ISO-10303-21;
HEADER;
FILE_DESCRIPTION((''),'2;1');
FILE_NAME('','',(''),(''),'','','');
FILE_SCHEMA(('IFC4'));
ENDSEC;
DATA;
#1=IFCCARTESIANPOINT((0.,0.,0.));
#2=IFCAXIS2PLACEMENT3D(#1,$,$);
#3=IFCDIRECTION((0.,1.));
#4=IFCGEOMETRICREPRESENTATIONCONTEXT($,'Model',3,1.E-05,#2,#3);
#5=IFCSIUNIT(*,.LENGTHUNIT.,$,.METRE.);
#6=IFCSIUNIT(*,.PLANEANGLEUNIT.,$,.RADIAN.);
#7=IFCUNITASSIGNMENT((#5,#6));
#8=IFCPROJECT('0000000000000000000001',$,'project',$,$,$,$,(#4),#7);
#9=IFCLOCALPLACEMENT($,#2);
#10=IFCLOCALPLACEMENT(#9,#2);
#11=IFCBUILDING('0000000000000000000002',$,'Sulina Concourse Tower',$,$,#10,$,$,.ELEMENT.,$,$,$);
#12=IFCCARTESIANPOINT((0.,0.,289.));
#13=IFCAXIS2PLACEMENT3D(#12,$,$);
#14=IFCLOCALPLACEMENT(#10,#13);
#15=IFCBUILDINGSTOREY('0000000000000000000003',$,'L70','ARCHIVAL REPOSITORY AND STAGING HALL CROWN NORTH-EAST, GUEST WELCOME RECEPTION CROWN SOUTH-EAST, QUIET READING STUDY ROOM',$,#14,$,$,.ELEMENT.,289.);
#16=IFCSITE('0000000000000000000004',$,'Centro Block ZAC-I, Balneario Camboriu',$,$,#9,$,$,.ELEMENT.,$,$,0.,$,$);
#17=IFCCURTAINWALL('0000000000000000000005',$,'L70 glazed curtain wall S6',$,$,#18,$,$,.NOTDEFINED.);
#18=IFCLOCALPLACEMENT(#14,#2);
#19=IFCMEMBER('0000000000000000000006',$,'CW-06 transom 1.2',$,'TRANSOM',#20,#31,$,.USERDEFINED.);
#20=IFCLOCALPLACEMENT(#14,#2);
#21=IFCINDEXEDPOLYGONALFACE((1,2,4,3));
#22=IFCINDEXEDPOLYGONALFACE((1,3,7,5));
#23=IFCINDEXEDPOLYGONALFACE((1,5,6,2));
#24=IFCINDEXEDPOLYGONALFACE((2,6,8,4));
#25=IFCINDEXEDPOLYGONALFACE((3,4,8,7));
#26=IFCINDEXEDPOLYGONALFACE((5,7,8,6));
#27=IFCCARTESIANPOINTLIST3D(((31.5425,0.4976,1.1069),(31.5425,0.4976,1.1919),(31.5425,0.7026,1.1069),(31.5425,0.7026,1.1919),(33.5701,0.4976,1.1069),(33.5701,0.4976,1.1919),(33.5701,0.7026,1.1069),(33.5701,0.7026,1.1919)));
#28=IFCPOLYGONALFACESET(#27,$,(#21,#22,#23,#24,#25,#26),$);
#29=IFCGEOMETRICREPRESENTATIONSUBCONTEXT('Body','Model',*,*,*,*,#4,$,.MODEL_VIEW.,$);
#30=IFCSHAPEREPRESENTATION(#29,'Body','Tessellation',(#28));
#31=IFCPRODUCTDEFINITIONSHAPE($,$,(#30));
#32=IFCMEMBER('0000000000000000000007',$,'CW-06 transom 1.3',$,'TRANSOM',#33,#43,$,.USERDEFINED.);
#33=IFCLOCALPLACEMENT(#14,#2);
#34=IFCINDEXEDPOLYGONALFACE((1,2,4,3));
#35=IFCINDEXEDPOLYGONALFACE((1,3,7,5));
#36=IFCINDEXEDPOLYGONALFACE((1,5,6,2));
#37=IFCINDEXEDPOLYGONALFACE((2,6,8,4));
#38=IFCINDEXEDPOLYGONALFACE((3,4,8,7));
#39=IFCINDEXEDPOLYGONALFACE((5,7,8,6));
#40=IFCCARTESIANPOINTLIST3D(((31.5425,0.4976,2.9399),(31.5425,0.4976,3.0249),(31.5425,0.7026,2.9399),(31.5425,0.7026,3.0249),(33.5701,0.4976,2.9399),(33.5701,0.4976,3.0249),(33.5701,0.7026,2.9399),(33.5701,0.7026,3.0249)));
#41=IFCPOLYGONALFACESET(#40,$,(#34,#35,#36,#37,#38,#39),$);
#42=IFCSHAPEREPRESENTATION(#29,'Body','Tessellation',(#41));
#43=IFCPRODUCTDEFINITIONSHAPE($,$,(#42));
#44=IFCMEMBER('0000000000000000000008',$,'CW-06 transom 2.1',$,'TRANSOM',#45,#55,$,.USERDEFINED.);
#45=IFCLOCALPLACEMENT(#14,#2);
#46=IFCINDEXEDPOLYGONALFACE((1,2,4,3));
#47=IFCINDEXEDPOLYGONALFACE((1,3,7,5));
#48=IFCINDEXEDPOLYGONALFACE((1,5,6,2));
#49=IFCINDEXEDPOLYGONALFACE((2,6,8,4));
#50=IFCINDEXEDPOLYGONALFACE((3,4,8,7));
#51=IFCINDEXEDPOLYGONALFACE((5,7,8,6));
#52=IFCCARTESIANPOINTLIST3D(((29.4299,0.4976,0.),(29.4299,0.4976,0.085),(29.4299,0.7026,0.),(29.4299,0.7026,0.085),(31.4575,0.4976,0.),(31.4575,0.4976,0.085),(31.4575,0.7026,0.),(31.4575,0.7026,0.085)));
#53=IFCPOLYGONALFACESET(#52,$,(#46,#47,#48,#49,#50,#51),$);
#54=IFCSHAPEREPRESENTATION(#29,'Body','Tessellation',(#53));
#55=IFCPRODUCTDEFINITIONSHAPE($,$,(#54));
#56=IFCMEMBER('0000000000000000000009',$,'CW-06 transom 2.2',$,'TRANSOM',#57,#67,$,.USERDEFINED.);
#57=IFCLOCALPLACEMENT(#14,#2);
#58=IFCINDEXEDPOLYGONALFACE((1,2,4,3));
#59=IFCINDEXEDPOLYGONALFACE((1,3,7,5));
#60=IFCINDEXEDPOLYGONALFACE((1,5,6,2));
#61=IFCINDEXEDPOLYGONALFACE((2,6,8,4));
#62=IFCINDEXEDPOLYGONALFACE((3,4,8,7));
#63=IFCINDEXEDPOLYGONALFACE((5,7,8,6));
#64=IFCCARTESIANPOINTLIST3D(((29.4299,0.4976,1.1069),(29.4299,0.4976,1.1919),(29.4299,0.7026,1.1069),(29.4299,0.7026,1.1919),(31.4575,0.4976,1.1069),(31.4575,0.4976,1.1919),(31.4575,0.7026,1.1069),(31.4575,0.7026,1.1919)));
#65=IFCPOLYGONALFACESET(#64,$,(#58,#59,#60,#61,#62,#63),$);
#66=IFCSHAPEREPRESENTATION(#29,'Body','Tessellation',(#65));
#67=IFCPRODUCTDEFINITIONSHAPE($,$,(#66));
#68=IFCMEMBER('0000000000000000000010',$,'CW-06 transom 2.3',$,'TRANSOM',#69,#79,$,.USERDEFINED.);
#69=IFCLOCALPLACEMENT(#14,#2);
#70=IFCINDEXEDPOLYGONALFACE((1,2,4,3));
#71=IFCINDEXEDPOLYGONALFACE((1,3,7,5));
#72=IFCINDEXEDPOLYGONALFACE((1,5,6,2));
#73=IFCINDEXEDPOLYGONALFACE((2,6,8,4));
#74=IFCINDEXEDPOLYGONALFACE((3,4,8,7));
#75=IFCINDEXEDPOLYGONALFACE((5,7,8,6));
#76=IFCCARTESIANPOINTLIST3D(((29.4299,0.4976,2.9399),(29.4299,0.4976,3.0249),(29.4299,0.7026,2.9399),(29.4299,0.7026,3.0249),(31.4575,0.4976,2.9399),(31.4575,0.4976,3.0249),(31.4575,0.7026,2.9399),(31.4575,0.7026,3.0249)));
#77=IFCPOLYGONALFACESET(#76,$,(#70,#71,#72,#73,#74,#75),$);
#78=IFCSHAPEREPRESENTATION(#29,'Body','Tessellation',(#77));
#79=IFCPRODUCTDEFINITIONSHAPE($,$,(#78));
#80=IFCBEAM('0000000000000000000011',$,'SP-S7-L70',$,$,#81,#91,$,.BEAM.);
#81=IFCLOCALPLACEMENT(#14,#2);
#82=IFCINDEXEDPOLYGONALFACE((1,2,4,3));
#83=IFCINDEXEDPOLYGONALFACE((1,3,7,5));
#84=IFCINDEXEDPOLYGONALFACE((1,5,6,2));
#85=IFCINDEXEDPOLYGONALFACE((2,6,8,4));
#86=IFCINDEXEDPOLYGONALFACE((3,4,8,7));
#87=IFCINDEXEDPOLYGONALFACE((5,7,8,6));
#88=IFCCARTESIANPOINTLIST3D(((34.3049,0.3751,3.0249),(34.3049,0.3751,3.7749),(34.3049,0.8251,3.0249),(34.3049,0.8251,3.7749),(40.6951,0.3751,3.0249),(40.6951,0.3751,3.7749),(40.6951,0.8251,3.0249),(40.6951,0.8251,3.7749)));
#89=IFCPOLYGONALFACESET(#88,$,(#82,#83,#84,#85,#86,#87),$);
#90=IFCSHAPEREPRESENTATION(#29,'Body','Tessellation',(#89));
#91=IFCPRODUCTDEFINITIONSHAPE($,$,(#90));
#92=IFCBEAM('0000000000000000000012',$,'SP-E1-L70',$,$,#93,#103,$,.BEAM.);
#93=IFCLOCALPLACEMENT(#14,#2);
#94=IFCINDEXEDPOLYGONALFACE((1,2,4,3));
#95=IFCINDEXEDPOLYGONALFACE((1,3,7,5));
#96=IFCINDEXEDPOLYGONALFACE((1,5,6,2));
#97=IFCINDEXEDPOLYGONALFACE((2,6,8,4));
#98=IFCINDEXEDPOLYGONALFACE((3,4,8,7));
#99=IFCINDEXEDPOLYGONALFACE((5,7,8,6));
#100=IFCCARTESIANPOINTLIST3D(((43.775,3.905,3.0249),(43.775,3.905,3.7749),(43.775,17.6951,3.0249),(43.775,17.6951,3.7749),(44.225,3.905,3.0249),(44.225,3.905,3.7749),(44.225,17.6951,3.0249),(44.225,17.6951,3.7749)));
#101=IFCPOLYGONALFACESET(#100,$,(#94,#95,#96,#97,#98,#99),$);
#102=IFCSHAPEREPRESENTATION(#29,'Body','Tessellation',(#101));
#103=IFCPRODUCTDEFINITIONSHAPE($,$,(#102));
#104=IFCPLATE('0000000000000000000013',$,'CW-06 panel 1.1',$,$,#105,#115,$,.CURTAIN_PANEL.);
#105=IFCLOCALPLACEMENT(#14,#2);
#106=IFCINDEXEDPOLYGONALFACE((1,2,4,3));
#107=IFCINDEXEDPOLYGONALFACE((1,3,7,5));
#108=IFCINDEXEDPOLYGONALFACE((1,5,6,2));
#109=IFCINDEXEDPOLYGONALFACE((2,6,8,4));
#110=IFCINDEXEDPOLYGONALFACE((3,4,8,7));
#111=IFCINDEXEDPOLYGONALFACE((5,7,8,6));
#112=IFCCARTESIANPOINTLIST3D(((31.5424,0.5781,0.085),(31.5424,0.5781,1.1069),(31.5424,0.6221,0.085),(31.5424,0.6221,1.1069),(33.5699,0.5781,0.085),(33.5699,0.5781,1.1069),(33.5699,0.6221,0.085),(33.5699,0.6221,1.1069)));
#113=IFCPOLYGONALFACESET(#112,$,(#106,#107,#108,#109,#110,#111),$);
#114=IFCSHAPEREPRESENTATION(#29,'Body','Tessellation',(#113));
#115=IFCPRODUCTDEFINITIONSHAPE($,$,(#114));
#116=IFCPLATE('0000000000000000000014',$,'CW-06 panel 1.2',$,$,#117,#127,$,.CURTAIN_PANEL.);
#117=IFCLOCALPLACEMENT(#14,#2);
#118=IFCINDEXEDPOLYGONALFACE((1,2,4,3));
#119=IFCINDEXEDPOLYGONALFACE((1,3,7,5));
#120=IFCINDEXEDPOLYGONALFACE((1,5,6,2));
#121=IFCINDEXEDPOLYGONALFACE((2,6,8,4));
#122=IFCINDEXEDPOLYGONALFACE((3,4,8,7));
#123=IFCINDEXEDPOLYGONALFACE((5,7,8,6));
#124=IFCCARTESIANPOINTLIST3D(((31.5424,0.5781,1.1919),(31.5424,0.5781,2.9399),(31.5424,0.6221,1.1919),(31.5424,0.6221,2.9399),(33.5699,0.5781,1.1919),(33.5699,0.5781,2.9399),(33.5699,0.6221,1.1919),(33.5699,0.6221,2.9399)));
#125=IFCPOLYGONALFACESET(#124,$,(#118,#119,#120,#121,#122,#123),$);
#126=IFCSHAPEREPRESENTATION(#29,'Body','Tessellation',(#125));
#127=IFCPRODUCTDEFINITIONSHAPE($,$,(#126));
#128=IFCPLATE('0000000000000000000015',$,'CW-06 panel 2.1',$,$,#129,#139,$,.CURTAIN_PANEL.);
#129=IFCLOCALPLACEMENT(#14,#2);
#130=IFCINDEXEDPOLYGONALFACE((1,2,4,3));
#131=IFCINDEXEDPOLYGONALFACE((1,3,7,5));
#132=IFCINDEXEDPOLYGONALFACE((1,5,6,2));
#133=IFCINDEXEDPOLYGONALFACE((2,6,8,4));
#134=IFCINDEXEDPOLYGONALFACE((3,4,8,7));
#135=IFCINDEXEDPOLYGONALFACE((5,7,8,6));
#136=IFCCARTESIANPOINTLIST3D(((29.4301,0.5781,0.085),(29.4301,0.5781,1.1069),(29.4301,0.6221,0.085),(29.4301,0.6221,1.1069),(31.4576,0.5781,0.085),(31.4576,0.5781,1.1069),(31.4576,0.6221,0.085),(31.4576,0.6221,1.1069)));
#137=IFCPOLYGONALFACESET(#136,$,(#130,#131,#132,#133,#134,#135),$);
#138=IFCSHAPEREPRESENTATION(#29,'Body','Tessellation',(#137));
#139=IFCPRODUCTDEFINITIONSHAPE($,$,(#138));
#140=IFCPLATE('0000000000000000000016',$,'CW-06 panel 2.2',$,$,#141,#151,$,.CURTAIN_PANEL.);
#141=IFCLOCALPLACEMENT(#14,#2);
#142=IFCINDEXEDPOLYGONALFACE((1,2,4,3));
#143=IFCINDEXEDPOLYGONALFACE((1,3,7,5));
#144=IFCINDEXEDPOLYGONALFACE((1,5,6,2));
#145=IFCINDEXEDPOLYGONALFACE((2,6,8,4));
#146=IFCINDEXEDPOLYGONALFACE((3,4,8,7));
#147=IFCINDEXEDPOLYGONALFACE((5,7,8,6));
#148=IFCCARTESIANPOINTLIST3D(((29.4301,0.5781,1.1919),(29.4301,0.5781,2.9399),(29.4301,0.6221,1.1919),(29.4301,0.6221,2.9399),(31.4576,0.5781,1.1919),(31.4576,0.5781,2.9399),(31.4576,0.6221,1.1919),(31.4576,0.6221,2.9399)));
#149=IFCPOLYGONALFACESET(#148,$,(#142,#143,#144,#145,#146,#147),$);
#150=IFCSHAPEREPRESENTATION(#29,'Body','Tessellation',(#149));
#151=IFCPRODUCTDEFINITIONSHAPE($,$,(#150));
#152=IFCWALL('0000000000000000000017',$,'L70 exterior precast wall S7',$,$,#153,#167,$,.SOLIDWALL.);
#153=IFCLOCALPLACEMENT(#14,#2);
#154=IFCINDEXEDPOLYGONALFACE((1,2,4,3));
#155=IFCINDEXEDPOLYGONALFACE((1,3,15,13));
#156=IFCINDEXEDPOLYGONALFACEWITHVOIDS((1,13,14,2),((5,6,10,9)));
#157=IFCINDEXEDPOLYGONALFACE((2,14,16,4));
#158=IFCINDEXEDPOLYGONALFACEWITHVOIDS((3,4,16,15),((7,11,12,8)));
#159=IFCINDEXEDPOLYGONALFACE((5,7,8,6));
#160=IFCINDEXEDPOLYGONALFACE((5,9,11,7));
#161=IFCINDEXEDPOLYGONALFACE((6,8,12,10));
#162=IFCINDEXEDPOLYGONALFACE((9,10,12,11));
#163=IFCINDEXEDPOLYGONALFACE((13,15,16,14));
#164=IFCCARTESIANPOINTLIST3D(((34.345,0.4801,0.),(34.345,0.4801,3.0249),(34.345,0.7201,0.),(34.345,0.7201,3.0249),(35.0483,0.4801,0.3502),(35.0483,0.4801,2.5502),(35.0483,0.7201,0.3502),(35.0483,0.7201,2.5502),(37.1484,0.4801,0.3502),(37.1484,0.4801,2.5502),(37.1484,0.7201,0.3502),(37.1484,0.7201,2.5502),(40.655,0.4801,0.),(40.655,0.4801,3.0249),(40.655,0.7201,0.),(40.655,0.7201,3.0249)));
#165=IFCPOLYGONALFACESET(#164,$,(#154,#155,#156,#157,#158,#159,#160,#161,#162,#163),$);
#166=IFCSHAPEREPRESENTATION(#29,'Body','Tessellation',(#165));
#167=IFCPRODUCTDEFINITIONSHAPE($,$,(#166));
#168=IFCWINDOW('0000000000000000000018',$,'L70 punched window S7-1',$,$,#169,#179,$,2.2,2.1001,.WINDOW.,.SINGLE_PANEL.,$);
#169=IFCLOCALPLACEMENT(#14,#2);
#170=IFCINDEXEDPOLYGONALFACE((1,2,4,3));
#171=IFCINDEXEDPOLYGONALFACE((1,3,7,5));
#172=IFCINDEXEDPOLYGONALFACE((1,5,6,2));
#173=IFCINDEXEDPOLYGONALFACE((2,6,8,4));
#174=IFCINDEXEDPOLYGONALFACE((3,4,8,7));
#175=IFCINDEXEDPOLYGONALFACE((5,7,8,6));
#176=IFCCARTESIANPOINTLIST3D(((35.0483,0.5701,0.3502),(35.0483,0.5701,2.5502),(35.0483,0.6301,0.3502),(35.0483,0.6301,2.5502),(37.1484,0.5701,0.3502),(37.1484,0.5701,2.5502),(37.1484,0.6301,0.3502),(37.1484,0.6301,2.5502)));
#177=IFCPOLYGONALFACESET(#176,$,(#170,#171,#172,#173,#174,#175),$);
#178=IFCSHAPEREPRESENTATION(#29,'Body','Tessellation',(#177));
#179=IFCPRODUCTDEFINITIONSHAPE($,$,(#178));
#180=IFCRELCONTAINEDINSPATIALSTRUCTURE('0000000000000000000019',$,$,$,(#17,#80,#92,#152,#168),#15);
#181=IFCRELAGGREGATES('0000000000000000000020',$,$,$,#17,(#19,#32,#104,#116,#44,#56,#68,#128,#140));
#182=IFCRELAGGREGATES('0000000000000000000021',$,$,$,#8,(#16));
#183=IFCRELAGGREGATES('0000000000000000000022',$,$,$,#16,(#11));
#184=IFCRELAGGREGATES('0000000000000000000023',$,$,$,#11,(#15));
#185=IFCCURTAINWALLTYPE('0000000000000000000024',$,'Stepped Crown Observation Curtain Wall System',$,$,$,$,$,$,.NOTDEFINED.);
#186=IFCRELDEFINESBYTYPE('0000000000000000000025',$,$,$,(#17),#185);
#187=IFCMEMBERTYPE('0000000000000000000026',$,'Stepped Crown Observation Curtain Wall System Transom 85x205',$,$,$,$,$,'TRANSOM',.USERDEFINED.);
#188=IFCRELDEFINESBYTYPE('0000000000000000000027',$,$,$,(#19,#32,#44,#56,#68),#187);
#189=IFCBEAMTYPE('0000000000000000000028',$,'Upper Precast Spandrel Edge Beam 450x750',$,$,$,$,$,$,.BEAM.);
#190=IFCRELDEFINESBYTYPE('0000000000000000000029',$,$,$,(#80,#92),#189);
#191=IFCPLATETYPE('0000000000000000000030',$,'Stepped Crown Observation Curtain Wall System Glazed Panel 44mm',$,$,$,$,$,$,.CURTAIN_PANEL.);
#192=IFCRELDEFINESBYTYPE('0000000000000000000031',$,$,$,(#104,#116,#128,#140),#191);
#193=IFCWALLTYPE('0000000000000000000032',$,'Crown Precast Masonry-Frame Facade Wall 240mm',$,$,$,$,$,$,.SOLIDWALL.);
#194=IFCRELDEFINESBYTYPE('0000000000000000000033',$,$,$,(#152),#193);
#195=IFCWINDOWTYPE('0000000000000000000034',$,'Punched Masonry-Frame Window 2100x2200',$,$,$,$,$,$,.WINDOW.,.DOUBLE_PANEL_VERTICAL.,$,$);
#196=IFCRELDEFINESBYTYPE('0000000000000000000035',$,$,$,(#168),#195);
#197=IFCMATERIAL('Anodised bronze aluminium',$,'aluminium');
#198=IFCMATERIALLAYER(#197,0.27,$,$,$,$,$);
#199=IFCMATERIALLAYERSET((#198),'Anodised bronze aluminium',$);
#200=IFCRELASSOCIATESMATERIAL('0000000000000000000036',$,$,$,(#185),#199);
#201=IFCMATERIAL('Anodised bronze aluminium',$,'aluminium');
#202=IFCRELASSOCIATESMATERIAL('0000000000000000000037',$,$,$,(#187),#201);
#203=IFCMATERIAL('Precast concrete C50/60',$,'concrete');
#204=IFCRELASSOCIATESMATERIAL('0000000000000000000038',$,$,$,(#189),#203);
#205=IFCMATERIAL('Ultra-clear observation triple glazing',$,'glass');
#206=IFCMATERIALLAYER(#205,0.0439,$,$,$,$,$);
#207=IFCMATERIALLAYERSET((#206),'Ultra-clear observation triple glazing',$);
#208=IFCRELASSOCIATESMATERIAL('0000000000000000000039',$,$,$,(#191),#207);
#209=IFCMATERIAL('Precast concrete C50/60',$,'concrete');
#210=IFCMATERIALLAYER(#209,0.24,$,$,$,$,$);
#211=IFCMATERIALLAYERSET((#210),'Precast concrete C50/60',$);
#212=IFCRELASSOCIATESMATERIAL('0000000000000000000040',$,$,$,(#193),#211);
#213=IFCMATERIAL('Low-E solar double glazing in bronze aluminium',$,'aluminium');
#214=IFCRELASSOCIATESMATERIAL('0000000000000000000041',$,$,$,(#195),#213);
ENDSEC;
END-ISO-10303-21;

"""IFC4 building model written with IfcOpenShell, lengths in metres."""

from ifc_helpers import new_model, si_unit, direction, frame, frame_2d, origin, origin_2d, place, context, subcontext, project, spatial, rectangle, extrude, material, layer, layer_set, material_profile, profile_set, type_object, element, fill, aggregate, save


model = new_model("IFC4")

# Units and contexts
model_context = context("Model", 3, precision=1e-05, world=origin(), true_north=direction((0.0, 1.0)))
body_context = subcontext(model_context, "Body", "Model", "MODEL_VIEW")
ifc_project = project(units=[si_unit("LENGTHUNIT", "METRE"), si_unit("PLANEANGLEUNIT", "RADIAN")], contexts=[model_context])

# Site, building, storey
site_placement = place(None, origin())
site = spatial("IfcSite", under=ifc_project, at=site_placement, Name="Centro Block ZAC-I, Balneario Camboriu", CompositionType="ELEMENT", RefElevation=0.0)
building_placement = place(site_placement, origin())
building = spatial("IfcBuilding", under=site, at=building_placement, Name="Sulina Concourse Tower", CompositionType="ELEMENT")
storey_placement = place(building_placement, frame((0.0, 0.0, 289.0)))
storey = spatial("IfcBuildingStorey", under=building, at=storey_placement, Name="L70", Description="ARCHIVAL REPOSITORY AND STAGING HALL CROWN NORTH-EAST, GUEST WELCOME RECEPTION CROWN SOUTH-EAST, QUIET READING STUDY ROOM", CompositionType="ELEMENT", Elevation=289.0)

# Curtain wall, members
ifc_material_1 = material(Name="Anodised bronze aluminium", Category="aluminium")
ifc_layer_1 = layer(ifc_material_1, 0.27)
ifc_layer_set_1 = layer_set([ifc_layer_1], Name="Anodised bronze aluminium")
curtain_wall_type = type_object("IfcCurtainWallType", Name="Stepped Crown Observation Curtain Wall System", PredefinedType="NOTDEFINED", material=ifc_layer_set_1)
curtain_wall_placement = place(storey_placement, origin())
curtain_wall = element("IfcCurtainWall", 1, at=curtain_wall_placement, inside=storey, type_object=curtain_wall_type, Name="L70 glazed curtain wall S6", PredefinedType="NOTDEFINED")
ifc_material_2 = material(Name="Anodised bronze aluminium", Category="aluminium")
ifc_material_profile_1 = material_profile(ifc_material_2, rectangle(XDim=0.2051, YDim=0.085, at=origin_2d()), Name="TRN 85x205")
ifc_profile_set_1 = profile_set([ifc_material_profile_1], Name="Anodised bronze aluminium")
member_type_1 = type_object("IfcMemberType", Name="Stepped Crown Observation Curtain Wall System Transom 85x205", ElementType="TRANSOM", PredefinedType="USERDEFINED", material=ifc_profile_set_1)
member_1_placement = place(storey_placement, frame((33.5701, 0.6001, 1.1494), z_axis=(-1.0, 0.0, 0.0), x_axis=(0.0, -1.0, 0.0)))
member_1 = element("IfcMember", 2, at=member_1_placement, type_object=member_type_1, Name="CW-06 transom 1.2", ObjectType="TRANSOM", PredefinedType="USERDEFINED", context=body_context, shape_type="SweptSolid", body=[
    extrude(rectangle(XDim=0.2051, YDim=0.085, at=origin_2d()), origin(), (0.0, 0.0, 1.0), 2.0276),
])
member_2_placement = place(storey_placement, frame((33.5701, 0.6001, 2.9824), z_axis=(-1.0, 0.0, 0.0), x_axis=(0.0, -1.0, 0.0)))
member_2 = element("IfcMember", 3, at=member_2_placement, type_object=member_type_1, Name="CW-06 transom 1.3", ObjectType="TRANSOM", PredefinedType="USERDEFINED", context=body_context, shape_type="SweptSolid", body=[
    extrude(rectangle(XDim=0.2051, YDim=0.085, at=origin_2d()), origin(), (0.0, 0.0, 1.0), 2.0276),
])
member_3_placement = place(storey_placement, frame((31.4575, 0.6001, 0.0425), z_axis=(-1.0, 0.0, 0.0), x_axis=(0.0, -1.0, 0.0)))
member_3 = element("IfcMember", 4, at=member_3_placement, type_object=member_type_1, Name="CW-06 transom 2.1", ObjectType="TRANSOM", PredefinedType="USERDEFINED", context=body_context, shape_type="SweptSolid", body=[
    extrude(rectangle(XDim=0.2051, YDim=0.085, at=origin_2d()), origin(), (0.0, 0.0, 1.0), 2.0276),
])
member_4_placement = place(storey_placement, frame((31.4575, 0.6001, 1.1494), z_axis=(-1.0, 0.0, 0.0), x_axis=(0.0, -1.0, 0.0)))
member_4 = element("IfcMember", 5, at=member_4_placement, type_object=member_type_1, Name="CW-06 transom 2.2", ObjectType="TRANSOM", PredefinedType="USERDEFINED", context=body_context, shape_type="SweptSolid", body=[
    extrude(rectangle(XDim=0.2051, YDim=0.085, at=origin_2d()), origin(), (0.0, 0.0, 1.0), 2.0276),
])
member_5_placement = place(storey_placement, frame((31.4575, 0.6001, 2.9824), z_axis=(-1.0, 0.0, 0.0), x_axis=(0.0, -1.0, 0.0)))
member_5 = element("IfcMember", 6, at=member_5_placement, type_object=member_type_1, Name="CW-06 transom 2.3", ObjectType="TRANSOM", PredefinedType="USERDEFINED", context=body_context, shape_type="SweptSolid", body=[
    extrude(rectangle(XDim=0.2051, YDim=0.085, at=origin_2d()), origin(), (0.0, 0.0, 1.0), 2.0276),
])

# Beams
ifc_material_3 = material(Name="Precast concrete C50/60", Category="concrete")
ifc_material_profile_2 = material_profile(ifc_material_3, rectangle(XDim=0.45, YDim=0.75, at=origin_2d()), Name="RC 450x750")
ifc_profile_set_2 = profile_set([ifc_material_profile_2], Name="Precast concrete C50/60")
beam_type_1 = type_object("IfcBeamType", Name="Upper Precast Spandrel Edge Beam 450x750", PredefinedType="BEAM", material=ifc_profile_set_2)
beam_1_placement = place(storey_placement, frame((34.3049, 0.6001, 3.3999), z_axis=(1.0, 0.0, 0.0), x_axis=(0.0, 1.0, 0.0)))
element("IfcBeam", 7, at=beam_1_placement, inside=storey, type_object=beam_type_1, Name="SP-S7-L70", PredefinedType="BEAM", context=body_context, shape_type="SweptSolid", body=[
    extrude(rectangle(XDim=0.45, YDim=0.75, at=origin_2d()), origin(), (0.0, 0.0, 1.0), 6.3901),
])
beam_2_placement = place(storey_placement, frame((44.0, 3.905, 3.3999), z_axis=(0.0, 1.0, 0.0), x_axis=(-1.0, 0.0, 0.0)))
element("IfcBeam", 8, at=beam_2_placement, inside=storey, type_object=beam_type_1, Name="SP-E1-L70", PredefinedType="BEAM", context=body_context, shape_type="SweptSolid", body=[
    extrude(rectangle(XDim=0.45, YDim=0.75, at=origin_2d()), origin(), (0.0, 0.0, 1.0), 13.79),
])

# Plates
ifc_material_4 = material(Name="Ultra-clear observation triple glazing", Category="glass")
ifc_layer_2 = layer(ifc_material_4, 0.0439)
ifc_layer_set_2 = layer_set([ifc_layer_2], Name="Ultra-clear observation triple glazing")
plate_type = type_object("IfcPlateType", Name="Stepped Crown Observation Curtain Wall System Glazed Panel 44mm", PredefinedType="CURTAIN_PANEL", material=ifc_layer_set_2)
plate_1_placement = place(storey_placement, frame((32.5562, 0.6001, 0.085), z_axis=(0.0, 0.0, 1.0), x_axis=(-1.0, 0.0, 0.0)))
plate_1 = element("IfcPlate", 9, at=plate_1_placement, type_object=plate_type, Name="CW-06 panel 1.1", PredefinedType="CURTAIN_PANEL", context=body_context, shape_type="SweptSolid", body=[
    extrude(rectangle(XDim=2.0276, YDim=0.0439, at=origin_2d()), origin(), (0.0, 0.0, 1.0), 1.022),
])
plate_2_placement = place(storey_placement, frame((32.5562, 0.6001, 1.1919), z_axis=(0.0, 0.0, 1.0), x_axis=(-1.0, 0.0, 0.0)))
plate_2 = element("IfcPlate", 10, at=plate_2_placement, type_object=plate_type, Name="CW-06 panel 1.2", PredefinedType="CURTAIN_PANEL", context=body_context, shape_type="SweptSolid", body=[
    extrude(rectangle(XDim=2.0276, YDim=0.0439, at=origin_2d()), origin(), (0.0, 0.0, 1.0), 1.748),
])
plate_3_placement = place(storey_placement, frame((30.4438, 0.6001, 0.085), z_axis=(0.0, 0.0, 1.0), x_axis=(-1.0, 0.0, 0.0)))
plate_3 = element("IfcPlate", 11, at=plate_3_placement, type_object=plate_type, Name="CW-06 panel 2.1", PredefinedType="CURTAIN_PANEL", context=body_context, shape_type="SweptSolid", body=[
    extrude(rectangle(XDim=2.0276, YDim=0.0439, at=origin_2d()), origin(), (0.0, 0.0, 1.0), 1.022),
])
plate_4_placement = place(storey_placement, frame((30.4438, 0.6001, 1.1919), z_axis=(0.0, 0.0, 1.0), x_axis=(-1.0, 0.0, 0.0)))
plate_4 = element("IfcPlate", 12, at=plate_4_placement, type_object=plate_type, Name="CW-06 panel 2.2", PredefinedType="CURTAIN_PANEL", context=body_context, shape_type="SweptSolid", body=[
    extrude(rectangle(XDim=2.0276, YDim=0.0439, at=origin_2d()), origin(), (0.0, 0.0, 1.0), 1.748),
])
aggregate(curtain_wall, [member_1, member_2, plate_1, plate_2, member_3, member_4, member_5, plate_3, plate_4])

# Wall, opening, window
ifc_material_5 = material(Name="Precast concrete C50/60", Category="concrete")
ifc_layer_3 = layer(ifc_material_5, 0.24)
ifc_layer_set_3 = layer_set([ifc_layer_3], Name="Precast concrete C50/60")
wall_type_1 = type_object("IfcWallType", Name="Crown Precast Masonry-Frame Facade Wall 240mm", PredefinedType="SOLIDWALL", material=ifc_layer_set_3)
wall_1_placement = place(storey_placement, frame((40.655, 0.6001, 0.0), z_axis=(0.0, 0.0, 1.0), x_axis=(-1.0, 0.0, 0.0)))
wall_1 = element("IfcWall", 13, at=wall_1_placement, inside=storey, type_object=wall_type_1, Name="L70 exterior precast wall S7", PredefinedType="SOLIDWALL", context=body_context, shape_type="SweptSolid", body=[
    extrude(rectangle(XDim=6.3101, YDim=0.24, at=frame_2d((3.155, 0.0))), origin(), (0.0, 0.0, 1.0), 3.0249),
])
opening_placement = place(wall_1_placement, frame((3.5066, 0.0, 0.3501)))
opening = element("IfcOpeningElement", 14, at=opening_placement, cuts=wall_1, PredefinedType="OPENING", context=body_context, shape_type="SweptSolid", body=[
    extrude(rectangle(XDim=2.1001, YDim=2.2, at=frame_2d((1.05, 1.1001))), frame((0.0, 0.1299, 0.0), z_axis=(0.0, -1.0, 0.0), x_axis=(1.0, 0.0, 0.0)), (0.0, 0.0, 1.0), 0.26),
])
ifc_material_6 = material(Name="Low-E solar double glazing in bronze aluminium", Category="aluminium")
window_type = type_object("IfcWindowType", Name="Punched Masonry-Frame Window 2100x2200", PartitioningType="DOUBLE_PANEL_VERTICAL", PredefinedType="WINDOW", material=ifc_material_6)
window_placement = place(opening_placement, origin())
window = element("IfcWindow", 15, at=window_placement, inside=storey, type_object=window_type, Name="L70 punched window S7-1", OverallHeight=2.2, OverallWidth=2.1001, PartitioningType="SINGLE_PANEL", PredefinedType="WINDOW", context=body_context, shape_type="SweptSolid", body=[
    extrude(rectangle(XDim=2.1001, YDim=2.2, at=frame_2d((1.05, 1.1001))), frame((0.0, 0.03, 0.0), z_axis=(0.0, -1.0, 0.0), x_axis=(1.0, 0.0, 0.0)), (0.0, 0.0, 1.0), 0.0601),
])
fill(opening, window)

save(model, "model.ifc")
